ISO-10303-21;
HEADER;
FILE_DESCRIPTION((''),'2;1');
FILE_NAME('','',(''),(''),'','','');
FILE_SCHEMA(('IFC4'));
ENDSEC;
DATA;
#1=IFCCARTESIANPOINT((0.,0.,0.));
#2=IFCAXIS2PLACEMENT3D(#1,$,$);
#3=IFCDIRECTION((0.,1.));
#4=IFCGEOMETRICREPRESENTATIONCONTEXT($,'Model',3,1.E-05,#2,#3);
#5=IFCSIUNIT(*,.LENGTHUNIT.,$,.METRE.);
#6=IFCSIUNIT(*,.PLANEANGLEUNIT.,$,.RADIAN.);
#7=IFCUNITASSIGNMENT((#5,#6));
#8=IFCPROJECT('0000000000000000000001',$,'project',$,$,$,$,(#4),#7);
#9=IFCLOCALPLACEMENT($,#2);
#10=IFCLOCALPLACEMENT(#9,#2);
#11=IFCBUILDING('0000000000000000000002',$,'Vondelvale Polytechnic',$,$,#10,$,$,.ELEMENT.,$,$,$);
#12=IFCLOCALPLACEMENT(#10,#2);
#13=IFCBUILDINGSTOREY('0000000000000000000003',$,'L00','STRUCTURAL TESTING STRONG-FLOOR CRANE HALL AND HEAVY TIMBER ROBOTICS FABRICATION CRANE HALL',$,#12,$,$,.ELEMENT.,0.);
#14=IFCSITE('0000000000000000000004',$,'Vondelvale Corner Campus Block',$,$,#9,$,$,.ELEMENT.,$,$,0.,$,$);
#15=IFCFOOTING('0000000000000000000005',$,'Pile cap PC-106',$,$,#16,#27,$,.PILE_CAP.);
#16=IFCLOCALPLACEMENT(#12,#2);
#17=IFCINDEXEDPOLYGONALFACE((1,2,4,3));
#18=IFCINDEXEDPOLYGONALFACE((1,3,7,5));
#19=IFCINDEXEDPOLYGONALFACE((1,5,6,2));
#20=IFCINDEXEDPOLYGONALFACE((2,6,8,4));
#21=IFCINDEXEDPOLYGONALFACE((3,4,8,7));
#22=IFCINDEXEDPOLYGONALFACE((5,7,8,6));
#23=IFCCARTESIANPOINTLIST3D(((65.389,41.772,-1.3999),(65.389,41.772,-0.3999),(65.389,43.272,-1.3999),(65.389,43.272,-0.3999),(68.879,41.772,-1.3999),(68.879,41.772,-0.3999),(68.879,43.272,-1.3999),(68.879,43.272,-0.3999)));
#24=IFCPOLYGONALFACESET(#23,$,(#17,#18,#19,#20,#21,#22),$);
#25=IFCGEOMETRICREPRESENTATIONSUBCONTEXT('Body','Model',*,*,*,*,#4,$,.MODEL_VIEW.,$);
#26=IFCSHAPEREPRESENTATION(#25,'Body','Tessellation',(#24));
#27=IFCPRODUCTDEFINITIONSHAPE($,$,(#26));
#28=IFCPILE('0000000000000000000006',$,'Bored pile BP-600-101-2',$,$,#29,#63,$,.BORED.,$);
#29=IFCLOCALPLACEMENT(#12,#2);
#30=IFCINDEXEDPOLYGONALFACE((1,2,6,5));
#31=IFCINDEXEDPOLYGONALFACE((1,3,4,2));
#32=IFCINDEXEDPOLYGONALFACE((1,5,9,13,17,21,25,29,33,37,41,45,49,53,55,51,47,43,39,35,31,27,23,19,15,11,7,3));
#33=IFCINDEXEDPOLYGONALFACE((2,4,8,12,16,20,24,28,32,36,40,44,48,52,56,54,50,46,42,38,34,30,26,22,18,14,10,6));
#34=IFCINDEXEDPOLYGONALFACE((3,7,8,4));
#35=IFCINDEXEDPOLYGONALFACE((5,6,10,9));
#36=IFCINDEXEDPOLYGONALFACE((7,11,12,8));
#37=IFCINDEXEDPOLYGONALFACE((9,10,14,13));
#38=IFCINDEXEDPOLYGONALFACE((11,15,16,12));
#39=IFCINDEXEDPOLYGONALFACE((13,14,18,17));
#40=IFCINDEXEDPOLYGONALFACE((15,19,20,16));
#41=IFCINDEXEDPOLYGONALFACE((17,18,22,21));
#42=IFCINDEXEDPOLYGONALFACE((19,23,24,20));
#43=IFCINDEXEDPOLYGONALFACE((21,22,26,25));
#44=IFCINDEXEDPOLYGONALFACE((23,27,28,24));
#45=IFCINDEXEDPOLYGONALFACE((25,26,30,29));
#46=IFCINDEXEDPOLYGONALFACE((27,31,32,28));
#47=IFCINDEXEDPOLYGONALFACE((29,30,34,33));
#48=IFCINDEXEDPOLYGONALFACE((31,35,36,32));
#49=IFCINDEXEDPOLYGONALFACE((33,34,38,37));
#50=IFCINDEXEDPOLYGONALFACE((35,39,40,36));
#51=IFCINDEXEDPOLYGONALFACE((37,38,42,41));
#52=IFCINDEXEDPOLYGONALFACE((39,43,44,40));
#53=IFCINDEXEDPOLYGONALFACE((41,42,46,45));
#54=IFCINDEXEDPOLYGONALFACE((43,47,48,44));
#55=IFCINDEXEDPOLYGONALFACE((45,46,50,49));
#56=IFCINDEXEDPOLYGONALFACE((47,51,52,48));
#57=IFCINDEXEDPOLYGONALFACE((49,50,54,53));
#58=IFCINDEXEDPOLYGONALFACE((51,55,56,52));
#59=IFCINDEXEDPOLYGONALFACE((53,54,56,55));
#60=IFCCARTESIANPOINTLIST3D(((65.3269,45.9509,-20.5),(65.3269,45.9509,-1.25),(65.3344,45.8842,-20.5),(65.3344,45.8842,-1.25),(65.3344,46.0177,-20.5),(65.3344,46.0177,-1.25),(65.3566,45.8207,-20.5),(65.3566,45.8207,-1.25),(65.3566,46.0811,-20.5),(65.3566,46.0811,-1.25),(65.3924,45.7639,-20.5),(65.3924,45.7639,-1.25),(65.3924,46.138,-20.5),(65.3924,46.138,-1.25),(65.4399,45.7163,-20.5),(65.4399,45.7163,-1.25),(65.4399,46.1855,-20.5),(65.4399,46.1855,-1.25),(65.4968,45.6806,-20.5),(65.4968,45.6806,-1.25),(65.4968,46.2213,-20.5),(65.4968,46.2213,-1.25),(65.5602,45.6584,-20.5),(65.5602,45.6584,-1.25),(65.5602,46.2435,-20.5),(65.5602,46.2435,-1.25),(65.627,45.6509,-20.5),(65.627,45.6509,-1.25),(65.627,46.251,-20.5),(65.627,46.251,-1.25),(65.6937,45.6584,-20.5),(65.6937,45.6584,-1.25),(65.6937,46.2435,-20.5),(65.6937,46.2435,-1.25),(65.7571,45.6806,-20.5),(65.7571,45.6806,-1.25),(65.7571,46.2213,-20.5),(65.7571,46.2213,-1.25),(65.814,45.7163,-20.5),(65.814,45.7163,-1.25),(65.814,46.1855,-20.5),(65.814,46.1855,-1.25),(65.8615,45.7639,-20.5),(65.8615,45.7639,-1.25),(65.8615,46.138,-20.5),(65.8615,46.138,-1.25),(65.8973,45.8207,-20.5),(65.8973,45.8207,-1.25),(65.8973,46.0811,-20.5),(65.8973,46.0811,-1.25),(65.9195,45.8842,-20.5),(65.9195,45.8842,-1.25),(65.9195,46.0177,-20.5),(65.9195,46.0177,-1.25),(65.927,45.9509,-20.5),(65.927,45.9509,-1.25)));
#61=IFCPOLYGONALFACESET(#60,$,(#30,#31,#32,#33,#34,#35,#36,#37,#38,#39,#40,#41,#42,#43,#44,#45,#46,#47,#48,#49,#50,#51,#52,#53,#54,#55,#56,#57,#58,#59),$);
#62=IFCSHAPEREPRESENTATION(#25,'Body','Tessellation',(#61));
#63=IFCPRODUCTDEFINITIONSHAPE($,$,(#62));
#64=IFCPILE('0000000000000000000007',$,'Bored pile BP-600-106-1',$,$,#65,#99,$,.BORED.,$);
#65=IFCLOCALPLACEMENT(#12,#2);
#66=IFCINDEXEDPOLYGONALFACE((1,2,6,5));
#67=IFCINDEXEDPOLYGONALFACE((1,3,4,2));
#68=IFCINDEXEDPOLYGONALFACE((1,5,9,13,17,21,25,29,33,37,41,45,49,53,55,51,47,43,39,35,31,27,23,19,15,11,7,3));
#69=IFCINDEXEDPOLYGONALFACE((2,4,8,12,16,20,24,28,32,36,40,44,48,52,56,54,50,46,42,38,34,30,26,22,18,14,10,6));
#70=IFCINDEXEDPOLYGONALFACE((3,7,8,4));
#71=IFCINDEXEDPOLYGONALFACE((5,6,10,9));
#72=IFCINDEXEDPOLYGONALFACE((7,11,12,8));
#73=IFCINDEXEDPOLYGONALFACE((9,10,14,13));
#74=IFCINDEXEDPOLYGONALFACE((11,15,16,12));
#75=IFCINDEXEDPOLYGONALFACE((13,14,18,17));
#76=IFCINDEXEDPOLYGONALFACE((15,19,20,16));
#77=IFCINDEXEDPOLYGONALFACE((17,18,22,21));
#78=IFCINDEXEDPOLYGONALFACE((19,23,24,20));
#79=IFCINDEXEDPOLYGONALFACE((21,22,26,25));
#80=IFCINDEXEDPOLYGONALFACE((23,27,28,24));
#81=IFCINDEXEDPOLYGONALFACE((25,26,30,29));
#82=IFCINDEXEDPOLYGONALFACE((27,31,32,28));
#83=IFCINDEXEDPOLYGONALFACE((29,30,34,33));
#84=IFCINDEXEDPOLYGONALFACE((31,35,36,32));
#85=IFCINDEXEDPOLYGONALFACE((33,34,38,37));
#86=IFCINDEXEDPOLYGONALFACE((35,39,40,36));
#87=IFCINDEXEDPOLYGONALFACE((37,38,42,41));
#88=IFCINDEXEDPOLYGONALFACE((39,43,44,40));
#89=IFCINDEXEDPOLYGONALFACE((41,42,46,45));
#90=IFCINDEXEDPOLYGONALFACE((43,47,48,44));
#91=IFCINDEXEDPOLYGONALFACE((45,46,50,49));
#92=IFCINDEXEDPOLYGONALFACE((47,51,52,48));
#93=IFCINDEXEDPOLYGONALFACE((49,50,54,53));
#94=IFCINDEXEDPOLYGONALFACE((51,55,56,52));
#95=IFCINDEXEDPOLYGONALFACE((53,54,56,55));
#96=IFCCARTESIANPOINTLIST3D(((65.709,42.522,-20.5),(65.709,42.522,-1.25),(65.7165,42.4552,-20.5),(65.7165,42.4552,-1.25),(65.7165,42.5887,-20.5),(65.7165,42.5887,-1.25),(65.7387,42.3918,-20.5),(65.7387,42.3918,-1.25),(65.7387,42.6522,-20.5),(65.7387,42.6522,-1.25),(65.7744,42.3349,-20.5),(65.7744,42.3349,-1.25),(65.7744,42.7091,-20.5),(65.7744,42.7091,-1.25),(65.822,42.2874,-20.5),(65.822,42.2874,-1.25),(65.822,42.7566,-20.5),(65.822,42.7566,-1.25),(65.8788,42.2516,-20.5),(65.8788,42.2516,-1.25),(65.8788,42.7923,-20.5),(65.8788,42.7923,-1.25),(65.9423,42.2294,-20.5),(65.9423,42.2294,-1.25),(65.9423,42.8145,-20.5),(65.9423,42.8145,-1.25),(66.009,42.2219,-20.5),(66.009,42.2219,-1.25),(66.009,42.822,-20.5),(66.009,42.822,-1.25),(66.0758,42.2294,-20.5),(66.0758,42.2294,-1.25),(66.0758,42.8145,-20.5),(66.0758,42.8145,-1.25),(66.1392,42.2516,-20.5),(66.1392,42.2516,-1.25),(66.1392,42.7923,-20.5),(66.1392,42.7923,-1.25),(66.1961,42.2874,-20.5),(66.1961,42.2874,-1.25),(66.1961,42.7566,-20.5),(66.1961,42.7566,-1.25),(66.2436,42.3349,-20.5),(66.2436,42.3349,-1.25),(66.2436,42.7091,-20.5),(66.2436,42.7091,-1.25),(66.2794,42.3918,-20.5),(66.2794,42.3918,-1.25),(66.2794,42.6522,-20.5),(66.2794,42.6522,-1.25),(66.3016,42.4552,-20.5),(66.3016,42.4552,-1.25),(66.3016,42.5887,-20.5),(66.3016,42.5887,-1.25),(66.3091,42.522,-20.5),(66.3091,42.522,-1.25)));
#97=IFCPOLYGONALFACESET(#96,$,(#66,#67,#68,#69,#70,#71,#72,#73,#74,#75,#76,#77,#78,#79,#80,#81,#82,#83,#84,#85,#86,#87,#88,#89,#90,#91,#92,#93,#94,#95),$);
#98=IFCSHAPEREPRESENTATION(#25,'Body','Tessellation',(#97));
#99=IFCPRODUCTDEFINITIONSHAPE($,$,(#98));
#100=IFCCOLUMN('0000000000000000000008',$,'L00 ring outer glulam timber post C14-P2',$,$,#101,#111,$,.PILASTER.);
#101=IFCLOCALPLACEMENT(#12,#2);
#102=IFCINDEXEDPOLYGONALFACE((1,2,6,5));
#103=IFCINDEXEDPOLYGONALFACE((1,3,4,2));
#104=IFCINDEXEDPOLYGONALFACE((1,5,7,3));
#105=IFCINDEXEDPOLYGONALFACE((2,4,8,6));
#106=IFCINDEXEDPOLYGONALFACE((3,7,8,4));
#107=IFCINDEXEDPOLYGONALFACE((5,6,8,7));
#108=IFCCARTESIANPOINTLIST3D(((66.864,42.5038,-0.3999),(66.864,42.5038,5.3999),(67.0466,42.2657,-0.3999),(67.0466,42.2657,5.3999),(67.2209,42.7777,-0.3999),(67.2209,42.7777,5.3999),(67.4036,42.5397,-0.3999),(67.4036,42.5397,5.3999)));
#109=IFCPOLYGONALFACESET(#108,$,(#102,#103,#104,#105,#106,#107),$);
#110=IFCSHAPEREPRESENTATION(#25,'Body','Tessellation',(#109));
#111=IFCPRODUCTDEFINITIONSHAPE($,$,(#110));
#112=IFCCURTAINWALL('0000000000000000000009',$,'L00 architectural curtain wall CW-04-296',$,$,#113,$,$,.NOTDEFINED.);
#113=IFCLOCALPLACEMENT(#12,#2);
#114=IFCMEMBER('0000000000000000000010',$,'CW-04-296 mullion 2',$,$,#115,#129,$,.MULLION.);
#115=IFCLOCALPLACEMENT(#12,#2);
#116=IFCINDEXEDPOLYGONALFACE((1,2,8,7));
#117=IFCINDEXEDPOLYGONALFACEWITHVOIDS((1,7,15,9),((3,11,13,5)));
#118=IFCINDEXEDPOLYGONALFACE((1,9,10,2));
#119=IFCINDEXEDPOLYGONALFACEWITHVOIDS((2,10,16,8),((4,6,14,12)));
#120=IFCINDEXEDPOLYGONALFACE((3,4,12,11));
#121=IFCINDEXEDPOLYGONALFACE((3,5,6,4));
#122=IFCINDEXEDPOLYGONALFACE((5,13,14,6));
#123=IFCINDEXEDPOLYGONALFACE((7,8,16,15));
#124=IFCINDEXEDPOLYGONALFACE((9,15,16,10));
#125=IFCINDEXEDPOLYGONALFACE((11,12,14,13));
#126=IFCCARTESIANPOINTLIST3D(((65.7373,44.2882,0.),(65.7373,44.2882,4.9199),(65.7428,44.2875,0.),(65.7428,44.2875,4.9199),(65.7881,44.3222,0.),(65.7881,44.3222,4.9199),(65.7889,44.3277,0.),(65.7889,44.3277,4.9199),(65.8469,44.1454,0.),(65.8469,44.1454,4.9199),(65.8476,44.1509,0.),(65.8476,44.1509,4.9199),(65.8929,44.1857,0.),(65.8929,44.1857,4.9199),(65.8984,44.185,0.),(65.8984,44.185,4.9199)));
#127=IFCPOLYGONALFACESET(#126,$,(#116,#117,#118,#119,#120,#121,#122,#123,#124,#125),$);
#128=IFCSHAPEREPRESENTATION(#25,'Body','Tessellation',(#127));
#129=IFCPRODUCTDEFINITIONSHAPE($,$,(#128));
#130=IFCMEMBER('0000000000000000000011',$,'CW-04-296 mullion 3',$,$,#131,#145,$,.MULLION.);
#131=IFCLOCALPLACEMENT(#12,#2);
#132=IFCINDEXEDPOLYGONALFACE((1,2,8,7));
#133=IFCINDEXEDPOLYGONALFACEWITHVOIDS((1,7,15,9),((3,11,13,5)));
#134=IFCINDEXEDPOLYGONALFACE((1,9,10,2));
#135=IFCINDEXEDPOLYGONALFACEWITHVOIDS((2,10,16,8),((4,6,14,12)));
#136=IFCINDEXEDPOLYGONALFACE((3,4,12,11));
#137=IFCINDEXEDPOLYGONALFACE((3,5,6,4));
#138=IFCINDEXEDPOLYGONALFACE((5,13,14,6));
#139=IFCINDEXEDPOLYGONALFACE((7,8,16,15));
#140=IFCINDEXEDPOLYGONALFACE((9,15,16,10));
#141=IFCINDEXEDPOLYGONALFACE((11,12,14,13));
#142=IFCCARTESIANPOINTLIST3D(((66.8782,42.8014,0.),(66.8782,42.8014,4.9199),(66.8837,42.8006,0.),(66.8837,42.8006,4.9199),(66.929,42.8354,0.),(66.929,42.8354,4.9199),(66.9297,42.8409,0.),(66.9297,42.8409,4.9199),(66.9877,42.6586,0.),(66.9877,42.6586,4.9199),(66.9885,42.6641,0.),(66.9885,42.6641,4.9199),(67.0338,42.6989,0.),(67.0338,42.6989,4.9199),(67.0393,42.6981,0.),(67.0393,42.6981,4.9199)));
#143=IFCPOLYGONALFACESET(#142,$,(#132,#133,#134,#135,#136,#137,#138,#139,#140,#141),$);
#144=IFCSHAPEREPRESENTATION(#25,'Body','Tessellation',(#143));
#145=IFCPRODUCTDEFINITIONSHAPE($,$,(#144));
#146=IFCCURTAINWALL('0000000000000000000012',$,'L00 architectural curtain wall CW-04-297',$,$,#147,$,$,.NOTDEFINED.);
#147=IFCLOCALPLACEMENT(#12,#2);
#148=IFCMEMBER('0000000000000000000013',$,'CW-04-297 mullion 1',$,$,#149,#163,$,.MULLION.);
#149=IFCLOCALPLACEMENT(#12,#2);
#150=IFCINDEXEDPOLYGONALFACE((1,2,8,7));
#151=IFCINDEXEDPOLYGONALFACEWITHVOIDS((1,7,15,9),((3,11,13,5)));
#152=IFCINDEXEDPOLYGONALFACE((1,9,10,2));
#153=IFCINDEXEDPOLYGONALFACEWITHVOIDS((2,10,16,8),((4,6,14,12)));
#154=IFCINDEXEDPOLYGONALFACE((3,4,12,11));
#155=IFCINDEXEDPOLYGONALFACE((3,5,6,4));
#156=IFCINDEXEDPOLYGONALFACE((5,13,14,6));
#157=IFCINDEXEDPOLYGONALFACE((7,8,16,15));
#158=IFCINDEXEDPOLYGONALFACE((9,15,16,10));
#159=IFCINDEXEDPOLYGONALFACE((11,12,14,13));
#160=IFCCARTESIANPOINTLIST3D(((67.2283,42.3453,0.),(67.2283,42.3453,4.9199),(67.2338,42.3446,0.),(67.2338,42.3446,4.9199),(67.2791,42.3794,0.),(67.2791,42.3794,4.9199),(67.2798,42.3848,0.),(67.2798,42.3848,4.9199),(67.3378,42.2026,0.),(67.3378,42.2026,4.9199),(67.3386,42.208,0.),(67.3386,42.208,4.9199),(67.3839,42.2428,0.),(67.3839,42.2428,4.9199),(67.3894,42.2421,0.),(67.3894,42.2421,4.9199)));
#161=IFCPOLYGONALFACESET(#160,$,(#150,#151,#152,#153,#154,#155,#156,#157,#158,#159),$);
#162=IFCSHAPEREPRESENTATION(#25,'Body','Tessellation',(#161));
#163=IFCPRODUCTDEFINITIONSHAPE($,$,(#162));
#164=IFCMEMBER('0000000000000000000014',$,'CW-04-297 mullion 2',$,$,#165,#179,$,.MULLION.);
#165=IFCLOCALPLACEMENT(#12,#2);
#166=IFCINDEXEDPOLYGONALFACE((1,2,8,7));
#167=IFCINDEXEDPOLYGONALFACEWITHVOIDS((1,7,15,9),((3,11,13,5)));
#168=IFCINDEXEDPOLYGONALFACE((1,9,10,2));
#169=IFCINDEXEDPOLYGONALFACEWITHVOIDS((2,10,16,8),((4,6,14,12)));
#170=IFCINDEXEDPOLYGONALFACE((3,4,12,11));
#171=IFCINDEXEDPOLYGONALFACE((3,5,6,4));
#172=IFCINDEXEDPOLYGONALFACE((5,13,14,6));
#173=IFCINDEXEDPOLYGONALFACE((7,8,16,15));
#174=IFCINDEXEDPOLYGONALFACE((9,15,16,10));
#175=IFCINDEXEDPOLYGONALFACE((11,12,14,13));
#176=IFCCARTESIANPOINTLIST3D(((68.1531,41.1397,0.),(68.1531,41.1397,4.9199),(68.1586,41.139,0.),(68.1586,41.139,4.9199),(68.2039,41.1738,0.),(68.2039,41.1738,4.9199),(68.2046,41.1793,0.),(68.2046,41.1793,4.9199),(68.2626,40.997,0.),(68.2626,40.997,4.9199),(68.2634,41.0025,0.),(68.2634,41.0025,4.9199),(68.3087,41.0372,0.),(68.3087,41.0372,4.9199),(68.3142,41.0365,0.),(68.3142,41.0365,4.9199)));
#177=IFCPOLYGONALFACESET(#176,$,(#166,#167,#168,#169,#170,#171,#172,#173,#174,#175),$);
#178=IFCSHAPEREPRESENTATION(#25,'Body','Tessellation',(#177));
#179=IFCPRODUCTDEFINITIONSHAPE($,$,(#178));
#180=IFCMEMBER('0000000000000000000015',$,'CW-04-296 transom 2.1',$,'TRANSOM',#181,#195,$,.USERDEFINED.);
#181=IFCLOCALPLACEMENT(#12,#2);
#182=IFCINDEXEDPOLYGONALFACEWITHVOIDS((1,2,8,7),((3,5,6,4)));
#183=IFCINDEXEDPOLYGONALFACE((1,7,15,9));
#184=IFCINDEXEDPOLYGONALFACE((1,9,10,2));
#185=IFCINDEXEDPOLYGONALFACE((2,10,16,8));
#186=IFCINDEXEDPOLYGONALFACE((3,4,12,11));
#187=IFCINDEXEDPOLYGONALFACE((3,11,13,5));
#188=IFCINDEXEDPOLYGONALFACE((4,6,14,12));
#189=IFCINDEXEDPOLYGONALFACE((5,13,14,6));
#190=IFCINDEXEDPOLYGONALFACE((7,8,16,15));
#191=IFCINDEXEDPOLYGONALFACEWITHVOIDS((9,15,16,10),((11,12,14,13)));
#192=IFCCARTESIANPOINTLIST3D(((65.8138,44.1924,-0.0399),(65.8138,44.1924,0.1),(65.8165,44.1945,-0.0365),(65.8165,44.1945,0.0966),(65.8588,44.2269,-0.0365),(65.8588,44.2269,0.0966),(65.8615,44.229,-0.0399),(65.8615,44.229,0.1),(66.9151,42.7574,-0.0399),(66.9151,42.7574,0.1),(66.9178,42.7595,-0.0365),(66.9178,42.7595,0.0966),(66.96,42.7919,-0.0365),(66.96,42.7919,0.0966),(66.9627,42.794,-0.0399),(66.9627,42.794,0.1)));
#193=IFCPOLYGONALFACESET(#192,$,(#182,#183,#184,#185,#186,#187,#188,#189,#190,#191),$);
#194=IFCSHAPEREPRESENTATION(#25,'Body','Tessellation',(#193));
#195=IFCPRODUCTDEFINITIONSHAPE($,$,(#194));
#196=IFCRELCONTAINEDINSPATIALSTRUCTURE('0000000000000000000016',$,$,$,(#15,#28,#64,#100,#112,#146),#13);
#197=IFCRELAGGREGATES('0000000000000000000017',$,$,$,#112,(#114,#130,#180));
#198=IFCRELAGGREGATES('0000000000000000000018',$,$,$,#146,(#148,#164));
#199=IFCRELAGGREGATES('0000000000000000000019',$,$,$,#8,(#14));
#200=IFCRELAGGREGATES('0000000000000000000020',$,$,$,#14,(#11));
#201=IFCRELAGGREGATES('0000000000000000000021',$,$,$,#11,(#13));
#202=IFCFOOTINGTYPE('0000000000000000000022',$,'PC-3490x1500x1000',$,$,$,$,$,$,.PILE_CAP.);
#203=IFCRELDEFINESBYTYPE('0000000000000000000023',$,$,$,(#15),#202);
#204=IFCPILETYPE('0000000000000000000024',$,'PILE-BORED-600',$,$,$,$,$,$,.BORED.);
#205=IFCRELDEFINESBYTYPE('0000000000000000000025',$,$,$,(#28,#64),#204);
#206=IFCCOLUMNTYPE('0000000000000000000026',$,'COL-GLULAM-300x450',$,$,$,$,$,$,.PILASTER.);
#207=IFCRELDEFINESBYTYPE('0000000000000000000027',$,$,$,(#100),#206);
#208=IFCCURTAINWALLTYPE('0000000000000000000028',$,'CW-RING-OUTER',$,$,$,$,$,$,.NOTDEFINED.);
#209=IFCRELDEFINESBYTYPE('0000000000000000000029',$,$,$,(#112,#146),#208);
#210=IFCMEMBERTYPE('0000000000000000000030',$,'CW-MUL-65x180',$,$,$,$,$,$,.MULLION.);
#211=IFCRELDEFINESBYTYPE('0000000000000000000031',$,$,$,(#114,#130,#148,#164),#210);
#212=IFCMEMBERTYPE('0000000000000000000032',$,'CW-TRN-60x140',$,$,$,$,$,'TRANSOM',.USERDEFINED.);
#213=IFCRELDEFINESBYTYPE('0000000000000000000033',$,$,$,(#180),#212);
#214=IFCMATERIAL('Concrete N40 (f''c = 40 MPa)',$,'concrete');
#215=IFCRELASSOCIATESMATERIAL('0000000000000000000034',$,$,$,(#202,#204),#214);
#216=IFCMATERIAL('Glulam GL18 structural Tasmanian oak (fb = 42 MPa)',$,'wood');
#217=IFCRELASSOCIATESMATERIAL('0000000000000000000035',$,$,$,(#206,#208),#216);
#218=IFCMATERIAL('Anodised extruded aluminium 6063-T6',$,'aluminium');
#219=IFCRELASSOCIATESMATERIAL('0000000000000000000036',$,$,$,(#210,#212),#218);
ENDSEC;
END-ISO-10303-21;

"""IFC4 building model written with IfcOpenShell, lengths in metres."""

from ifc_helpers import new_model, si_unit, direction, frame, origin, origin_2d, place, context, subcontext, project, spatial, rectangle, hollow_rectangle, circle, extrude, material, material_profile, profile_set, type_object, element, aggregate, save


model = new_model("IFC4")

# Units and contexts
model_context = context("Model", 3, precision=1e-05, world=origin(), true_north=direction((0.0, 1.0)))
body_context = subcontext(model_context, "Body", "Model", "MODEL_VIEW")
ifc_project = project(units=[si_unit("LENGTHUNIT", "METRE"), si_unit("PLANEANGLEUNIT", "RADIAN")], contexts=[model_context])

# Site, building, storey
site_placement = place(None, origin())
site = spatial("IfcSite", under=ifc_project, at=site_placement, Name="Vondelvale Corner Campus Block", CompositionType="ELEMENT", RefElevation=0.0)
building_placement = place(site_placement, origin())
building = spatial("IfcBuilding", under=site, at=building_placement, Name="Vondelvale Polytechnic", CompositionType="ELEMENT")
storey_placement = place(building_placement, origin())
storey = spatial("IfcBuildingStorey", under=building, at=storey_placement, Name="L00", Description="STRUCTURAL TESTING STRONG-FLOOR CRANE HALL AND HEAVY TIMBER ROBOTICS FABRICATION CRANE HALL", CompositionType="ELEMENT", Elevation=0.0)

# Footing
ifc_material_1 = material(Name="Concrete N40 (f'c = 40 MPa)", Category="concrete")
footing_type = type_object("IfcFootingType", Name="PC-3490x1500x1000", PredefinedType="PILE_CAP", material=ifc_material_1)
footing_placement = place(storey_placement, frame((67.134, 42.522, -1.3999), z_axis=(0.0, 0.0, 1.0), x_axis=(1.0, 0.0, 0.0)))
element("IfcFooting", 1, at=footing_placement, inside=storey, type_object=footing_type, Name="Pile cap PC-106", PredefinedType="PILE_CAP", context=body_context, shape_type="SweptSolid", body=[
    extrude(rectangle(XDim=3.49, YDim=1.5, at=origin_2d()), origin(), (0.0, 0.0, 1.0), 1.0),
])

# Piles
ifc_material_profile_1 = material_profile(ifc_material_1, circle(Radius=0.3, at=origin_2d()), Name="PILE-D600")
ifc_profile_set_1 = profile_set([ifc_material_profile_1], Name="Concrete N40 (f'c = 40 MPa)")
pile_type = type_object("IfcPileType", Name="PILE-BORED-600", PredefinedType="BORED", material=ifc_profile_set_1)
for number, where, z_axis, x_axis, name in (
    (2, (65.627, 45.9509, -1.25), (0.0, 0.0, -1.0), (1.0, 0.0, 0.0), "Bored pile BP-600-101-2"),
    (3, (66.009, 42.522, -1.25), (0.0, 0.0, -1.0), (1.0, 0.0, 0.0), "Bored pile BP-600-106-1"),
):
    element("IfcPile", number, at=place(storey_placement, frame(where, z_axis=z_axis, x_axis=x_axis)), inside=storey, type_object=pile_type, Name=name, PredefinedType="BORED", context=body_context, shape_type="SweptSolid", body=[
        extrude(circle(Radius=0.3, at=origin_2d()), origin(), (0.0, 0.0, 1.0), 19.25),
    ])

# Column
ifc_material_2 = material(Name="Glulam GL18 structural Tasmanian oak (fb = 42 MPa)", Category="wood")
ifc_material_profile_2 = material_profile(ifc_material_2, rectangle(XDim=0.3, YDim=0.45, at=origin_2d()), Name="GL-POST-300x450")
ifc_profile_set_2 = profile_set([ifc_material_profile_2], Name="Glulam GL18 structural Tasmanian oak (fb = 42 MPa)")
column_type = type_object("IfcColumnType", Name="COL-GLULAM-300x450", PredefinedType="PILASTER", material=ifc_profile_set_2)
column_placement = place(storey_placement, frame((67.1338, 42.5217, -0.3999), z_axis=(0.0, 0.0, 1.0), x_axis=(-0.608761, 0.793353, 0.0)))
element("IfcColumn", 4, at=column_placement, inside=storey, type_object=column_type, Name="L00 ring outer glulam timber post C14-P2", PredefinedType="PILASTER", context=body_context, shape_type="SweptSolid", body=[
    extrude(rectangle(XDim=0.3, YDim=0.45, at=origin_2d()), origin(), (0.0, 0.0, 1.0), 5.7998),
])

# Curtain walls, members
curtain_wall_type = type_object("IfcCurtainWallType", Name="CW-RING-OUTER", PredefinedType="NOTDEFINED", material=ifc_material_2)
curtain_wall_1_placement = place(storey_placement, origin())
curtain_wall_1 = element("IfcCurtainWall", 5, at=curtain_wall_1_placement, inside=storey, type_object=curtain_wall_type, Name="L00 architectural curtain wall CW-04-296", PredefinedType="NOTDEFINED")
ifc_material_3 = material(Name="Anodised extruded aluminium 6063-T6", Category="aluminium")
ifc_material_profile_3 = material_profile(ifc_material_3, hollow_rectangle(XDim=0.0649, YDim=0.1799, WallThickness=0.0039, at=origin_2d()), Name="CW-MUL-180x65")
ifc_profile_set_3 = profile_set([ifc_material_profile_3], Name="Anodised extruded aluminium 6063-T6")
member_type_1 = type_object("IfcMemberType", Name="CW-MUL-65x180", PredefinedType="MULLION", material=ifc_profile_set_3)
member_1_placement = place(storey_placement, frame((65.8179, 44.2366, 0.0), z_axis=(0.0, 0.0, 1.0), x_axis=(0.793346, 0.608771, 0.0)))
member_1 = element("IfcMember", 6, at=member_1_placement, type_object=member_type_1, Name="CW-04-296 mullion 2", PredefinedType="MULLION", context=body_context, shape_type="SweptSolid", body=[
    extrude(hollow_rectangle(XDim=0.0649, YDim=0.1799, WallThickness=0.0039, at=origin_2d()), origin(), (0.0, 0.0, 1.0), 4.9199),
])
member_2_placement = place(storey_placement, frame((66.9587, 42.7498, 0.0), z_axis=(0.0, 0.0, 1.0), x_axis=(0.793346, 0.608771, 0.0)))
member_2 = element("IfcMember", 7, at=member_2_placement, type_object=member_type_1, Name="CW-04-296 mullion 3", PredefinedType="MULLION", context=body_context, shape_type="SweptSolid", body=[
    extrude(hollow_rectangle(XDim=0.0649, YDim=0.1799, WallThickness=0.0039, at=origin_2d()), origin(), (0.0, 0.0, 1.0), 4.9199),
])
curtain_wall_2_placement = place(storey_placement, origin())
curtain_wall_2 = element("IfcCurtainWall", 8, at=curtain_wall_2_placement, inside=storey, type_object=curtain_wall_type, Name="L00 architectural curtain wall CW-04-297", PredefinedType="NOTDEFINED")
member_3_placement = place(storey_placement, frame((67.3088, 42.2937, 0.0), z_axis=(0.0, 0.0, 1.0), x_axis=(0.793352, 0.608764, 0.0)))
member_3 = element("IfcMember", 9, at=member_3_placement, type_object=member_type_1, Name="CW-04-297 mullion 1", PredefinedType="MULLION", context=body_context, shape_type="SweptSolid", body=[
    extrude(hollow_rectangle(XDim=0.0649, YDim=0.1799, WallThickness=0.0039, at=origin_2d()), origin(), (0.0, 0.0, 1.0), 4.9199),
])
member_4_placement = place(storey_placement, frame((68.2336, 41.0881, 0.0), z_axis=(0.0, 0.0, 1.0), x_axis=(0.793352, 0.608764, 0.0)))
member_4 = element("IfcMember", 10, at=member_4_placement, type_object=member_type_1, Name="CW-04-297 mullion 2", PredefinedType="MULLION", context=body_context, shape_type="SweptSolid", body=[
    extrude(hollow_rectangle(XDim=0.0649, YDim=0.1799, WallThickness=0.0039, at=origin_2d()), origin(), (0.0, 0.0, 1.0), 4.9199),
])

# Member
ifc_material_profile_4 = material_profile(ifc_material_3, hollow_rectangle(XDim=0.0601, YDim=0.1399, WallThickness=0.0034, at=origin_2d()), Name="CW-TRN-140x60")
ifc_profile_set_4 = profile_set([ifc_material_profile_4], Name="Anodised extruded aluminium 6063-T6")
member_type_2 = type_object("IfcMemberType", Name="CW-TRN-60x140", ElementType="TRANSOM", PredefinedType="USERDEFINED", material=ifc_profile_set_4)
member_5_placement = place(storey_placement, frame((65.8376, 44.2107, 0.03), z_axis=(0.608817, -0.793311, 0.0), x_axis=(0.793311, 0.608817, 0.0)))
member_5 = element("IfcMember", 11, at=member_5_placement, type_object=member_type_2, Name="CW-04-296 transom 2.1", ObjectType="TRANSOM", PredefinedType="USERDEFINED", context=body_context, shape_type="SweptSolid", body=[
    extrude(hollow_rectangle(XDim=0.0601, YDim=0.1399, WallThickness=0.0034, at=origin_2d()), origin(), (0.0, 0.0, 1.0), 1.8088),
])

aggregate(curtain_wall_1, [member_1, member_2, member_5])
aggregate(curtain_wall_2, [member_3, member_4])

save(model, "model.ifc")
